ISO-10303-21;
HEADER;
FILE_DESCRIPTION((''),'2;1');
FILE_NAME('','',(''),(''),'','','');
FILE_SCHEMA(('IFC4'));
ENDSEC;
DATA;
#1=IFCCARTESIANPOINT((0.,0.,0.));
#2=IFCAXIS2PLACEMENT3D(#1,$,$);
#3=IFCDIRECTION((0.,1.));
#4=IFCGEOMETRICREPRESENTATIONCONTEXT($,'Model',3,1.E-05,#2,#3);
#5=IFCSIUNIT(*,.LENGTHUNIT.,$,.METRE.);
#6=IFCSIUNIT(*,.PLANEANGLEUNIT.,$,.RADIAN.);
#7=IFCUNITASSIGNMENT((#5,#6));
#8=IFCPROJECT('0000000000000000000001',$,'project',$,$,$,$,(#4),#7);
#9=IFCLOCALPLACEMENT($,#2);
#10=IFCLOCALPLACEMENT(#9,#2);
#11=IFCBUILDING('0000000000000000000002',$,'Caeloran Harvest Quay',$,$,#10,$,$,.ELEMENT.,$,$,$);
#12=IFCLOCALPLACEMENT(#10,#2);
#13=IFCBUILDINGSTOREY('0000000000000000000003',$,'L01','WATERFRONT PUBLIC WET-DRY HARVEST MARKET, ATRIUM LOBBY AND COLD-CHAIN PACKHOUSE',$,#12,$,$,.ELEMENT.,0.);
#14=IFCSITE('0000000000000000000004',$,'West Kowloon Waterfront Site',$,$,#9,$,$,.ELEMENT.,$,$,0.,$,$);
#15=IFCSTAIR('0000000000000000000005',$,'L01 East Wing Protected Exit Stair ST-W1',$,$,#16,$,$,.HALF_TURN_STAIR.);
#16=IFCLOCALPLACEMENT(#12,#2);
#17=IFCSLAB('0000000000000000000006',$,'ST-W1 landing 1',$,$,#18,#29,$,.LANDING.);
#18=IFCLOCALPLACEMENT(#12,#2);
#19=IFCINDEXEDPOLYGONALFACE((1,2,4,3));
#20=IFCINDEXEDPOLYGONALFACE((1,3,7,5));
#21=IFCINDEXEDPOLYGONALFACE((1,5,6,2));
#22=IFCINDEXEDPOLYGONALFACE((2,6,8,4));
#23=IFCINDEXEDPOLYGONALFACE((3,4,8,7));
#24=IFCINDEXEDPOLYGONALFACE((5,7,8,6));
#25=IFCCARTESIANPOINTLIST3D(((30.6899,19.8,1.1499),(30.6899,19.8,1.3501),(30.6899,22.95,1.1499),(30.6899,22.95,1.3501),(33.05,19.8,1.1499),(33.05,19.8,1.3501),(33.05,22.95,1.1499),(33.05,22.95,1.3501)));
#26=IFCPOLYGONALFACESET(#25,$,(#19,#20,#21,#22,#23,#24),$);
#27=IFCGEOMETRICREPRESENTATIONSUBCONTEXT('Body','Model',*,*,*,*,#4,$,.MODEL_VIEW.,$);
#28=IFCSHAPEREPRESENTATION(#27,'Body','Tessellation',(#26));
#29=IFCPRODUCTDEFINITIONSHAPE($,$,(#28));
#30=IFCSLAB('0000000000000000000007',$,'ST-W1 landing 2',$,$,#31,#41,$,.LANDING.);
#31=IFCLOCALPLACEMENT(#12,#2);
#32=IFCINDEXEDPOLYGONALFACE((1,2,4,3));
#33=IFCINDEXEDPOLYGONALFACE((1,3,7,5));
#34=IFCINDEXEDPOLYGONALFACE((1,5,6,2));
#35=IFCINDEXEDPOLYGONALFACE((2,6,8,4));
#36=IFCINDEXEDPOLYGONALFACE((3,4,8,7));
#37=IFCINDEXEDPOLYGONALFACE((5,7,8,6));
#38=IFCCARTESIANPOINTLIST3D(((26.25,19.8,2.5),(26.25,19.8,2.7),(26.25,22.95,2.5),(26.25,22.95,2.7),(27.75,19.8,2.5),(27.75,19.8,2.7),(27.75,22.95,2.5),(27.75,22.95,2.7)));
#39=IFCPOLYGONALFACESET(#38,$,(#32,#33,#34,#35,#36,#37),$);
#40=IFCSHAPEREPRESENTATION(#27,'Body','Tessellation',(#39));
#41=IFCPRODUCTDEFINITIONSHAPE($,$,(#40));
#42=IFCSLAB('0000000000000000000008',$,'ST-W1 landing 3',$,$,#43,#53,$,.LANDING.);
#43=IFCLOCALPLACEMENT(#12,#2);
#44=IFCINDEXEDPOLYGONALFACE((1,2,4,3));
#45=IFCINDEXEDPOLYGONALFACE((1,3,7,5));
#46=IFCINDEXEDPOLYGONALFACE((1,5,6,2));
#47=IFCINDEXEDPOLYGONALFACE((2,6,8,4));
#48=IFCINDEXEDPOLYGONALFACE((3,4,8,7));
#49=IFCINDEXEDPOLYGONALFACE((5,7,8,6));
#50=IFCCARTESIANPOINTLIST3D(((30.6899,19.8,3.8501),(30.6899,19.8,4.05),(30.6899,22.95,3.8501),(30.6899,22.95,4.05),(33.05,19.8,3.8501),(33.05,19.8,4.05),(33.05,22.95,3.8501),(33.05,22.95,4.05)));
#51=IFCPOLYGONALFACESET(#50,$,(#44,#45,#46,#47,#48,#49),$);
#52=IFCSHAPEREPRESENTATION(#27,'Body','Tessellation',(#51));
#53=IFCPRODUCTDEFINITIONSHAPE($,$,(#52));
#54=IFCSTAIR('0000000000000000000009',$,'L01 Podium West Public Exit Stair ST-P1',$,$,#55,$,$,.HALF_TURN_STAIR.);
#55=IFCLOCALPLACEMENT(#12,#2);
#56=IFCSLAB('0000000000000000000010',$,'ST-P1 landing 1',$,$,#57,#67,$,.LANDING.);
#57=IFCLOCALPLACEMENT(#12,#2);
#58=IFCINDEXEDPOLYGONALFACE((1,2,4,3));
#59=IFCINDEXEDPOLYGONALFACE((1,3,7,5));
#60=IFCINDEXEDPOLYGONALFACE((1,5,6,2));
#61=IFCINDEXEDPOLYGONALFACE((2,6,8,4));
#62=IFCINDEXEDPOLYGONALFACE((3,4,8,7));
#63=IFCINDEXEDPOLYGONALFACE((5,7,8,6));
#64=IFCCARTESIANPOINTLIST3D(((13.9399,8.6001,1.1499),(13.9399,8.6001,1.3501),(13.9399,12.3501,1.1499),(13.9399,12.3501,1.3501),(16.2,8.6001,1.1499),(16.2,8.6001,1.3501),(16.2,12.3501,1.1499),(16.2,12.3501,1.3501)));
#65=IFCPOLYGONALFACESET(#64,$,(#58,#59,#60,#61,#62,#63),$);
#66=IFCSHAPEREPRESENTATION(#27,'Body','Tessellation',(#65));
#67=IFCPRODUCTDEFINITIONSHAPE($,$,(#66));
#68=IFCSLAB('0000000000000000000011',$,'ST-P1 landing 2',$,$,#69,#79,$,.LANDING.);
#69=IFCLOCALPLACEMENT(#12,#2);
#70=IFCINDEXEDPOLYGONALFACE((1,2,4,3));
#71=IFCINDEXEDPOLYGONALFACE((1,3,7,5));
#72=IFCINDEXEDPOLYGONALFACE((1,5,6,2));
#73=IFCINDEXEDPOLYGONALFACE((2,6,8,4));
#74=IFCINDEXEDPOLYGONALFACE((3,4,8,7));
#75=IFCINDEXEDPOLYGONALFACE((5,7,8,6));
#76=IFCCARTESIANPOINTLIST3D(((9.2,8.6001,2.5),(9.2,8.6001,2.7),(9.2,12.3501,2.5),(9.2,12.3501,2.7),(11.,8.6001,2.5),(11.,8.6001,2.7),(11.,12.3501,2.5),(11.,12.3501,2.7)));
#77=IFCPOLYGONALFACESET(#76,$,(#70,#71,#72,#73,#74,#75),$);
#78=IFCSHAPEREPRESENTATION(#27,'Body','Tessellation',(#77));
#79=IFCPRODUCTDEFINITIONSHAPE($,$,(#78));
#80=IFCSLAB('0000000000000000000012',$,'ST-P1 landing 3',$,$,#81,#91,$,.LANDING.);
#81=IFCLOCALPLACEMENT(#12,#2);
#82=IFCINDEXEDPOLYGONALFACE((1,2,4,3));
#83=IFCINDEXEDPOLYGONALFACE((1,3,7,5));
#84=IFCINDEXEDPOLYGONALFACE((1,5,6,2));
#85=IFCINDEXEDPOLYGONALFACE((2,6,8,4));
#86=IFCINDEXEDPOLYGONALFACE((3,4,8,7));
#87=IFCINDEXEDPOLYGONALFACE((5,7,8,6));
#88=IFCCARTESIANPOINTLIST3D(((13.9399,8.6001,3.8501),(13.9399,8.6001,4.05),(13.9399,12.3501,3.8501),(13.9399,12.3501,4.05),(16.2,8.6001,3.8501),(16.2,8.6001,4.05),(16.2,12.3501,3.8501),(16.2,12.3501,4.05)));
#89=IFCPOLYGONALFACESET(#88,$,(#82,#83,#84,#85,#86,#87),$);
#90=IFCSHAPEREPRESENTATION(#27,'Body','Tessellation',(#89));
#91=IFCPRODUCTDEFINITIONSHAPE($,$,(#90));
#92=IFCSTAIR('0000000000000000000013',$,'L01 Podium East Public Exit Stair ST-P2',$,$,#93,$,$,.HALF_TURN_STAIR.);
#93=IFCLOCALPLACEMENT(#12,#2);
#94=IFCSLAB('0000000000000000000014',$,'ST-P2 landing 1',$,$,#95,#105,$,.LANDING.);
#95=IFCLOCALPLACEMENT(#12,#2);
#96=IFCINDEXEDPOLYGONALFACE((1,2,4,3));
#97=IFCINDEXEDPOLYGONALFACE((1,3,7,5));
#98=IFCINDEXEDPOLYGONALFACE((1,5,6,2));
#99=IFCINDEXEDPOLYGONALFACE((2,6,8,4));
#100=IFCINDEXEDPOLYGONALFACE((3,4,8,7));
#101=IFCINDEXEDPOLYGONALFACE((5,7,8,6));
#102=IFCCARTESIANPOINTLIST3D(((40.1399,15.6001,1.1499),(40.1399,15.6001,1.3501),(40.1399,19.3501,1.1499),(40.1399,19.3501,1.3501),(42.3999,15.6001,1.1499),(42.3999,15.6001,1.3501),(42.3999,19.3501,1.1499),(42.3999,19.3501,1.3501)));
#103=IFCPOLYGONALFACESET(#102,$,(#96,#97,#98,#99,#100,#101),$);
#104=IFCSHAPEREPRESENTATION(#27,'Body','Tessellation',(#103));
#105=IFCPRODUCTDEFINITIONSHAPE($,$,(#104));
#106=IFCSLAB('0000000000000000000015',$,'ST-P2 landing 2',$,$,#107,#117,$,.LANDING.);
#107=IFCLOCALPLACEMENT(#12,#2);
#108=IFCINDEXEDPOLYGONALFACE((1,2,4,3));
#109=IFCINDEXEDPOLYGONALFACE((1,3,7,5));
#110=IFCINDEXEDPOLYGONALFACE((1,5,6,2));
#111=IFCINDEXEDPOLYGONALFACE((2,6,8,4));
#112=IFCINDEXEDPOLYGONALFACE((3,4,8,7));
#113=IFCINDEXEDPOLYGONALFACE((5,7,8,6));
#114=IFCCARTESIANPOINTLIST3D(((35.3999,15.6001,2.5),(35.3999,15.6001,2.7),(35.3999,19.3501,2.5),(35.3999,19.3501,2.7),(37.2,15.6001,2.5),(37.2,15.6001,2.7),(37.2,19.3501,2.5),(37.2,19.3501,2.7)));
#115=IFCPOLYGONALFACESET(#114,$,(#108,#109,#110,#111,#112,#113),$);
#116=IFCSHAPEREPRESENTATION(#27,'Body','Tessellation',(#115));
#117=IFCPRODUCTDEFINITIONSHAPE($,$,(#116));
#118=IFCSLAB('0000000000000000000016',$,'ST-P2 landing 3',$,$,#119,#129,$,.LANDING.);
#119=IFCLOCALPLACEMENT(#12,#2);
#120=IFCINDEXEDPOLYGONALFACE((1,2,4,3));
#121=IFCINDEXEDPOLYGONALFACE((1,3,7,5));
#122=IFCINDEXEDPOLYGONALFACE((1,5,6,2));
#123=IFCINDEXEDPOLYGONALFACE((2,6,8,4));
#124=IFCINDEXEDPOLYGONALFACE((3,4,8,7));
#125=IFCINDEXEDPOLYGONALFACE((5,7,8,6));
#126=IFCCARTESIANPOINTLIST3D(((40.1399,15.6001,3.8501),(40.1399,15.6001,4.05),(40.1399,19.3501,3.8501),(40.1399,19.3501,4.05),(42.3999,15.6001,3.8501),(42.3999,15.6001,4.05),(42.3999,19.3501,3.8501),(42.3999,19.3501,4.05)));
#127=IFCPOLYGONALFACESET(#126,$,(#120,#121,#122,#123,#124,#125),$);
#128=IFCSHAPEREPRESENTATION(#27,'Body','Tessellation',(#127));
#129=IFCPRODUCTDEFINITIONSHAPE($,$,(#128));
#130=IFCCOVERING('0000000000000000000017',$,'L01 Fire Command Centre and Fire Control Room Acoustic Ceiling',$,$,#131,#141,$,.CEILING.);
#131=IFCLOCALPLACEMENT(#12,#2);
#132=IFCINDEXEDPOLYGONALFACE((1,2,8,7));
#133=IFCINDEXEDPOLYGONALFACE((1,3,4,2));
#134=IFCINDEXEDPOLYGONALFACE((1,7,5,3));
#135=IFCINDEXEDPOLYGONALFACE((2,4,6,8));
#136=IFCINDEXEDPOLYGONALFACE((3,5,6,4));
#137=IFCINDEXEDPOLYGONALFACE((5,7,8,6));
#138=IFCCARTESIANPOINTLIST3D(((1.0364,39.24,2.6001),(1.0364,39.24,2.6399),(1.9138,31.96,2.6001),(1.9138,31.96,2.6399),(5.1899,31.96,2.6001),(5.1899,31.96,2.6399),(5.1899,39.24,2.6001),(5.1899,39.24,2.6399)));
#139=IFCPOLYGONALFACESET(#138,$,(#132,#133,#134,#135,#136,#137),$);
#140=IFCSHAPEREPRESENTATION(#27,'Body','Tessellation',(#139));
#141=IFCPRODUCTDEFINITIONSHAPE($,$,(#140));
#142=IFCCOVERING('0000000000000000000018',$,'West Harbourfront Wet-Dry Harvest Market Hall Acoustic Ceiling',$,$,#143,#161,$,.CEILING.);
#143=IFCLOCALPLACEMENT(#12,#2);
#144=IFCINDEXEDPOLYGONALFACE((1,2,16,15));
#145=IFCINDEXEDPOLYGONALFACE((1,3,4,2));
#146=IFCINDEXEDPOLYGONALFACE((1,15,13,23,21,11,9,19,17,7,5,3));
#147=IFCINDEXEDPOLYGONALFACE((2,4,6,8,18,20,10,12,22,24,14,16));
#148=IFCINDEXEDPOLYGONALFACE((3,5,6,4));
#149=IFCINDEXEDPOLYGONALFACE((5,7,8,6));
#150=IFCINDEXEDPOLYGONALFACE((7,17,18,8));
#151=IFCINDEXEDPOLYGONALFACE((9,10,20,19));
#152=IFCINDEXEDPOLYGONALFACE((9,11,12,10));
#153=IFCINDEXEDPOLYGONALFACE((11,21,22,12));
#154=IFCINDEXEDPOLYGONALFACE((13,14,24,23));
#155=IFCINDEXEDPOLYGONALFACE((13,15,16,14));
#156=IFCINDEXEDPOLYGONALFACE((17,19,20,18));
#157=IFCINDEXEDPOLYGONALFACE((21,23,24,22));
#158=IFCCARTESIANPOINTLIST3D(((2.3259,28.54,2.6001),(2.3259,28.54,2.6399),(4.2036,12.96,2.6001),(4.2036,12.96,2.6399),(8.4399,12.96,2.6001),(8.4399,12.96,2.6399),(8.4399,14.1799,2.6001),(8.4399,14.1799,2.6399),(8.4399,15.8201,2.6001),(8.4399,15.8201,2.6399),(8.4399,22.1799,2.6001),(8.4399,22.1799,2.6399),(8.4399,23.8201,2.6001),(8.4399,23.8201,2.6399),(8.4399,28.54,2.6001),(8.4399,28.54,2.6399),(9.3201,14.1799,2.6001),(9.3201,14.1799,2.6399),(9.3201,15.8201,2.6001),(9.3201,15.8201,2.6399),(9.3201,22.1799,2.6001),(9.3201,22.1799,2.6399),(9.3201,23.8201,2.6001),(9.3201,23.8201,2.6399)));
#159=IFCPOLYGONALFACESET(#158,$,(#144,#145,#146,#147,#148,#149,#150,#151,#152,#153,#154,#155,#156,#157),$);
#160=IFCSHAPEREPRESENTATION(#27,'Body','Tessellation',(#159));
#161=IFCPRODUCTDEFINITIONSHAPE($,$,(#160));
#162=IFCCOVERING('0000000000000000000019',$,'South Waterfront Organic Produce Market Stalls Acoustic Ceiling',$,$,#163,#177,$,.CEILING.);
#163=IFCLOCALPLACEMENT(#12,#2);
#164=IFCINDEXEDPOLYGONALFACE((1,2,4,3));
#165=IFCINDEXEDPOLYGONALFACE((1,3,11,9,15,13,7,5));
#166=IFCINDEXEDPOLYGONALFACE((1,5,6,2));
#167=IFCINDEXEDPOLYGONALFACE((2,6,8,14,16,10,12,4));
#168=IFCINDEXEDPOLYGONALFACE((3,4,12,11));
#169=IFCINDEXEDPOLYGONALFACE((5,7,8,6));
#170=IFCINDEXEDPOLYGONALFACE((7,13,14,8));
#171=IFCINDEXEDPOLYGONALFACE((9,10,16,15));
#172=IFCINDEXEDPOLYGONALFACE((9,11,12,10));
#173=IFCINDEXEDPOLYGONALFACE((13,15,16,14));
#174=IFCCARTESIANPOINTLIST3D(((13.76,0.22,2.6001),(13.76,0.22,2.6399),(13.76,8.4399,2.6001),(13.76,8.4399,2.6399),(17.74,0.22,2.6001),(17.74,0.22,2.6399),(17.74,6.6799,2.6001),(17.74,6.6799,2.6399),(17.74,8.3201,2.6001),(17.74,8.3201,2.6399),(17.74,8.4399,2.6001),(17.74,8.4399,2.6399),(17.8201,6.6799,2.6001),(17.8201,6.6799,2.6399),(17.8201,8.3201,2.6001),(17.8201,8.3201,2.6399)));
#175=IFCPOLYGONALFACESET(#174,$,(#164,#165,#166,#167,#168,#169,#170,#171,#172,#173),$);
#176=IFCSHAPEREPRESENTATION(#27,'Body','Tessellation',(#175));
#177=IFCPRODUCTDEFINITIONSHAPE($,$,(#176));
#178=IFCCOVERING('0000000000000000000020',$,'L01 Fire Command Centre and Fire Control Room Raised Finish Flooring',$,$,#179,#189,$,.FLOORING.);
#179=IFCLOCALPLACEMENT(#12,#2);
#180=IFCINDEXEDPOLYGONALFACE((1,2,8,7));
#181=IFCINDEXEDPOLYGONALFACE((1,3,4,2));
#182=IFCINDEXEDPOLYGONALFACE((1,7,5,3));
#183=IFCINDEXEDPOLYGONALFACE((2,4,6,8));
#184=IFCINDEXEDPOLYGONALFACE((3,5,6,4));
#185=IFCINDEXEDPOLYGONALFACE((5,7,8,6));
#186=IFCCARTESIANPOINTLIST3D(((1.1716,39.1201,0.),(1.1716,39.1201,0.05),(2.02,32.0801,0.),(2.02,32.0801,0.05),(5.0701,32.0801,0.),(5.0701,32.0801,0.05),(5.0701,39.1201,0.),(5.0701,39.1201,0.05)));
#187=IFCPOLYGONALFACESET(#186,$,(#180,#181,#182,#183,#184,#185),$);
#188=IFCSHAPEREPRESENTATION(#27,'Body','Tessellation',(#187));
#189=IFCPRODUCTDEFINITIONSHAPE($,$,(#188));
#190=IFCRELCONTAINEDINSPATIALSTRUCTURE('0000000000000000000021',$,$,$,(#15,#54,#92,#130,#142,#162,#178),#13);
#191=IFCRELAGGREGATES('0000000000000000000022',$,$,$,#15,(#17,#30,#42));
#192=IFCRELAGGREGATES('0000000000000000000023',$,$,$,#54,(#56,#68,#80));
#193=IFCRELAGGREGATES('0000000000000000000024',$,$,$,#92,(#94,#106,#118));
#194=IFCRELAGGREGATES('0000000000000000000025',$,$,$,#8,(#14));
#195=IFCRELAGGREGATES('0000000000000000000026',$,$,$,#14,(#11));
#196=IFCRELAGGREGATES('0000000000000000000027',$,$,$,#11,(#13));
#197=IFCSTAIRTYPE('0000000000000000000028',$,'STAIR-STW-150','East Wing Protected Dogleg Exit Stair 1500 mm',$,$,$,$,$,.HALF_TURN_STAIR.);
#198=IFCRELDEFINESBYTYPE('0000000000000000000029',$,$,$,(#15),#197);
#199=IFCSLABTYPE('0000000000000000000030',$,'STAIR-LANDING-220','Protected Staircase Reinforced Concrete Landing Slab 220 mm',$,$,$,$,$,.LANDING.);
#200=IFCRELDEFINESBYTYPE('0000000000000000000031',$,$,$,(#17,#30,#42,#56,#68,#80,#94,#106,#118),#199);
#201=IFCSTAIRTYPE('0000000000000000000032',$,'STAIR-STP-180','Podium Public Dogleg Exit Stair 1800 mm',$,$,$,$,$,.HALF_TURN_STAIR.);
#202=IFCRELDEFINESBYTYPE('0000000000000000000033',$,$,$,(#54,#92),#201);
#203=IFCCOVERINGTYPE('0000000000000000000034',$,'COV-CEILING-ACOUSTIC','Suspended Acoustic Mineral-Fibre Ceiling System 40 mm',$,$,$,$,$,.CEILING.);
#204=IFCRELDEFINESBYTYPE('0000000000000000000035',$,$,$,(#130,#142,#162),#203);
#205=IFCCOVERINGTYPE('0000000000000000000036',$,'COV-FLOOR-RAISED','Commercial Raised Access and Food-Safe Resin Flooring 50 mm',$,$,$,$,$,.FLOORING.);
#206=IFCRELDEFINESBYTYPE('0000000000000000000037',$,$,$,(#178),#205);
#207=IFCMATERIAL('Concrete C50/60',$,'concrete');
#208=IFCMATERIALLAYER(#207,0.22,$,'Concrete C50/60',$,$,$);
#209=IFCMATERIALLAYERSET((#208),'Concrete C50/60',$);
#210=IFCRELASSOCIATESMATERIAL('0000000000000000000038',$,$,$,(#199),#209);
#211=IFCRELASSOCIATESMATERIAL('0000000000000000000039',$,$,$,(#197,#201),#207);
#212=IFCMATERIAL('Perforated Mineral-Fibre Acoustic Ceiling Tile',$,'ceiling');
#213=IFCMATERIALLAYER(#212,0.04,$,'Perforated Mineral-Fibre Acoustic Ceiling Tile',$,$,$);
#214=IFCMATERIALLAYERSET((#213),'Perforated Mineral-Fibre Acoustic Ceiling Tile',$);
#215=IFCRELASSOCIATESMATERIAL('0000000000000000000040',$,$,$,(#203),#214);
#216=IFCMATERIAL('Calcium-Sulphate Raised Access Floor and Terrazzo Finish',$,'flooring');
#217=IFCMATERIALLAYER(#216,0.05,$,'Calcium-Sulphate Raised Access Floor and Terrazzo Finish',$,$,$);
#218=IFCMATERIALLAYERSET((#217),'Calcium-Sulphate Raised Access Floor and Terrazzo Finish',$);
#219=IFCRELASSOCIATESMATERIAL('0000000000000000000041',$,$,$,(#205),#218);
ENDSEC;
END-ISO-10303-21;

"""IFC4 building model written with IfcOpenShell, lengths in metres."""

from ifc_helpers import new_model, si_unit, direction, frame, origin, place, context, subcontext, project, spatial, polyline, outline, extrude, material, layer, layer_set, type_object, element, aggregate, save


model = new_model("IFC4")

# Units and contexts
model_context = context("Model", 3, precision=1e-05, world=origin(), true_north=direction((0.0, 1.0)))
body_context = subcontext(model_context, "Body", "Model", "MODEL_VIEW")
ifc_project = project(units=[si_unit("LENGTHUNIT", "METRE"), si_unit("PLANEANGLEUNIT", "RADIAN")], contexts=[model_context])

# Site, building, storey
site_placement = place(None, origin())
site = spatial("IfcSite", under=ifc_project, at=site_placement, Name="West Kowloon Waterfront Site", CompositionType="ELEMENT", RefElevation=0.0)
building_placement = place(site_placement, origin())
building = spatial("IfcBuilding", under=site, at=building_placement, Name="Caeloran Harvest Quay", CompositionType="ELEMENT")
storey_placement = place(building_placement, origin())
storey = spatial("IfcBuildingStorey", under=building, at=storey_placement, Name="L01", Description="WATERFRONT PUBLIC WET-DRY HARVEST MARKET, ATRIUM LOBBY AND COLD-CHAIN PACKHOUSE", CompositionType="ELEMENT", Elevation=0.0)

# Shared definitions
ifc_material_1 = material(Name="Concrete C50/60", Category="concrete")

# Stairs, slabs
ifc_layer_1 = layer(ifc_material_1, 0.22, Name="Concrete C50/60")
ifc_layer_set_1 = layer_set([ifc_layer_1], Name="Concrete C50/60")
slab_type_1 = type_object("IfcSlabType", Name="STAIR-LANDING-220", Description="Protected Staircase Reinforced Concrete Landing Slab 220 mm", PredefinedType="LANDING", material=ifc_layer_set_1)
stair_type_1 = type_object("IfcStairType", Name="STAIR-STW-150", Description="East Wing Protected Dogleg Exit Stair 1500 mm", PredefinedType="HALF_TURN_STAIR", material=ifc_material_1)
stair_1_placement = place(storey_placement, origin())
stair_1 = element("IfcStair", 1, at=stair_1_placement, inside=storey, type_object=stair_type_1, Name="L01 East Wing Protected Exit Stair ST-W1", PredefinedType="HALF_TURN_STAIR")
slab_1_placement = place(storey_placement, frame((0.0, 0.0, 1.1499)))
slab_1 = element("IfcSlab", 2, at=slab_1_placement, type_object=slab_type_1, Name="ST-W1 landing 1", PredefinedType="LANDING", context=body_context, shape_type="SweptSolid", body=[
    extrude(outline(polyline([(30.6899, 19.8), (33.05, 19.8), (33.05, 22.95), (30.6899, 22.95), (30.6899, 19.8)])), origin(), (0.0, 0.0, 1.0), 0.2002),
])
slab_2_placement = place(storey_placement, frame((0.0, 0.0, 2.5)))
slab_2 = element("IfcSlab", 3, at=slab_2_placement, type_object=slab_type_1, Name="ST-W1 landing 2", PredefinedType="LANDING", context=body_context, shape_type="SweptSolid", body=[
    extrude(outline(polyline([(26.25, 19.8), (27.75, 19.8), (27.75, 22.95), (26.25, 22.95), (26.25, 19.8)])), origin(), (0.0, 0.0, 1.0), 0.2),
])
slab_3_placement = place(storey_placement, frame((0.0, 0.0, 3.8501)))
slab_3 = element("IfcSlab", 4, at=slab_3_placement, type_object=slab_type_1, Name="ST-W1 landing 3", PredefinedType="LANDING", context=body_context, shape_type="SweptSolid", body=[
    extrude(outline(polyline([(30.6899, 19.8), (33.05, 19.8), (33.05, 22.95), (30.6899, 22.95), (30.6899, 19.8)])), origin(), (0.0, 0.0, 1.0), 0.2),
])
aggregate(stair_1, [slab_1, slab_2, slab_3])
stair_type_2 = type_object("IfcStairType", Name="STAIR-STP-180", Description="Podium Public Dogleg Exit Stair 1800 mm", PredefinedType="HALF_TURN_STAIR", material=ifc_material_1)
stair_2_placement = place(storey_placement, origin())
stair_2 = element("IfcStair", 5, at=stair_2_placement, inside=storey, type_object=stair_type_2, Name="L01 Podium West Public Exit Stair ST-P1", PredefinedType="HALF_TURN_STAIR")
slab_4_placement = place(storey_placement, frame((0.0, 0.0, 1.1499)))
slab_4 = element("IfcSlab", 6, at=slab_4_placement, type_object=slab_type_1, Name="ST-P1 landing 1", PredefinedType="LANDING", context=body_context, shape_type="SweptSolid", body=[
    extrude(outline(polyline([(13.9399, 8.6001), (16.2, 8.6001), (16.2, 12.3501), (13.9399, 12.3501), (13.9399, 8.6001)])), origin(), (0.0, 0.0, 1.0), 0.2002),
])
slab_5_placement = place(storey_placement, frame((0.0, 0.0, 2.5)))
slab_5 = element("IfcSlab", 7, at=slab_5_placement, type_object=slab_type_1, Name="ST-P1 landing 2", PredefinedType="LANDING", context=body_context, shape_type="SweptSolid", body=[
    extrude(outline(polyline([(9.2, 8.6001), (11.0, 8.6001), (11.0, 12.3501), (9.2, 12.3501), (9.2, 8.6001)])), origin(), (0.0, 0.0, 1.0), 0.2),
])
slab_6_placement = place(storey_placement, frame((0.0, 0.0, 3.8501)))
slab_6 = element("IfcSlab", 8, at=slab_6_placement, type_object=slab_type_1, Name="ST-P1 landing 3", PredefinedType="LANDING", context=body_context, shape_type="SweptSolid", body=[
    extrude(outline(polyline([(13.9399, 8.6001), (16.2, 8.6001), (16.2, 12.3501), (13.9399, 12.3501), (13.9399, 8.6001)])), origin(), (0.0, 0.0, 1.0), 0.2),
])
aggregate(stair_2, [slab_4, slab_5, slab_6])
stair_3_placement = place(storey_placement, origin())
stair_3 = element("IfcStair", 9, at=stair_3_placement, inside=storey, type_object=stair_type_2, Name="L01 Podium East Public Exit Stair ST-P2", PredefinedType="HALF_TURN_STAIR")
slab_7_placement = place(storey_placement, frame((0.0, 0.0, 1.1499)))
slab_7 = element("IfcSlab", 10, at=slab_7_placement, type_object=slab_type_1, Name="ST-P2 landing 1", PredefinedType="LANDING", context=body_context, shape_type="SweptSolid", body=[
    extrude(outline(polyline([(40.1399, 15.6001), (42.3999, 15.6001), (42.3999, 19.3501), (40.1399, 19.3501), (40.1399, 15.6001)])), origin(), (0.0, 0.0, 1.0), 0.2002),
])
slab_8_placement = place(storey_placement, frame((0.0, 0.0, 2.5)))
slab_8 = element("IfcSlab", 11, at=slab_8_placement, type_object=slab_type_1, Name="ST-P2 landing 2", PredefinedType="LANDING", context=body_context, shape_type="SweptSolid", body=[
    extrude(outline(polyline([(35.3999, 15.6001), (37.2, 15.6001), (37.2, 19.3501), (35.3999, 19.3501), (35.3999, 15.6001)])), origin(), (0.0, 0.0, 1.0), 0.2),
])
slab_9_placement = place(storey_placement, frame((0.0, 0.0, 3.8501)))
slab_9 = element("IfcSlab", 12, at=slab_9_placement, type_object=slab_type_1, Name="ST-P2 landing 3", PredefinedType="LANDING", context=body_context, shape_type="SweptSolid", body=[
    extrude(outline(polyline([(40.1399, 15.6001), (42.3999, 15.6001), (42.3999, 19.3501), (40.1399, 19.3501), (40.1399, 15.6001)])), origin(), (0.0, 0.0, 1.0), 0.2),
])
aggregate(stair_3, [slab_7, slab_8, slab_9])

# Coverings
ifc_material_2 = material(Name="Perforated Mineral-Fibre Acoustic Ceiling Tile", Category="ceiling")
ifc_layer_2 = layer(ifc_material_2, 0.04, Name="Perforated Mineral-Fibre Acoustic Ceiling Tile")
ifc_layer_set_2 = layer_set([ifc_layer_2], Name="Perforated Mineral-Fibre Acoustic Ceiling Tile")
covering_type_1 = type_object("IfcCoveringType", Name="COV-CEILING-ACOUSTIC", Description="Suspended Acoustic Mineral-Fibre Ceiling System 40 mm", PredefinedType="CEILING", material=ifc_layer_set_2)
covering_1_placement = place(storey_placement, frame((0.0, 0.0, 2.6001)))
element("IfcCovering", 13, at=covering_1_placement, inside=storey, type_object=covering_type_1, Name="L01 Fire Command Centre and Fire Control Room Acoustic Ceiling", PredefinedType="CEILING", context=body_context, shape_type="SweptSolid", body=[
    extrude(outline(polyline([(1.9138, 31.96), (1.0364, 39.24), (5.1899, 39.24), (5.1899, 31.96), (1.9138, 31.96)])), origin(), (0.0, 0.0, 1.0), 0.0398),
])
covering_2_placement = place(storey_placement, frame((0.0, 0.0, 2.6001)))
element("IfcCovering", 14, at=covering_2_placement, inside=storey, type_object=covering_type_1, Name="West Harbourfront Wet-Dry Harvest Market Hall Acoustic Ceiling", PredefinedType="CEILING", context=body_context, shape_type="SweptSolid", body=[
    extrude(outline(polyline([(9.3201, 15.8201), (9.3201, 14.1799), (8.4399, 14.1799), (8.4399, 12.96), (4.2036, 12.96), (2.3259, 28.54), (8.4399, 28.54), (8.4399, 23.8201), (9.3201, 23.8201), (9.3201, 22.1799), (8.4399, 22.1799), (8.4399, 15.8201), (9.3201, 15.8201)])), origin(), (0.0, 0.0, 1.0), 0.0398),
])
covering_3_placement = place(storey_placement, frame((0.0, 0.0, 2.6001)))
element("IfcCovering", 15, at=covering_3_placement, inside=storey, type_object=covering_type_1, Name="South Waterfront Organic Produce Market Stalls Acoustic Ceiling", PredefinedType="CEILING", context=body_context, shape_type="SweptSolid", body=[
    extrude(outline(polyline([(17.74, 0.22), (13.76, 0.22), (13.76, 8.4399), (17.74, 8.4399), (17.74, 8.3201), (17.8201, 8.3201), (17.8201, 6.6799), (17.74, 6.6799), (17.74, 0.22)])), origin(), (0.0, 0.0, 1.0), 0.0398),
])
ifc_material_3 = material(Name="Calcium-Sulphate Raised Access Floor and Terrazzo Finish", Category="flooring")
ifc_layer_3 = layer(ifc_material_3, 0.05, Name="Calcium-Sulphate Raised Access Floor and Terrazzo Finish")
ifc_layer_set_3 = layer_set([ifc_layer_3], Name="Calcium-Sulphate Raised Access Floor and Terrazzo Finish")
covering_type_2 = type_object("IfcCoveringType", Name="COV-FLOOR-RAISED", Description="Commercial Raised Access and Food-Safe Resin Flooring 50 mm", PredefinedType="FLOORING", material=ifc_layer_set_3)
covering_4_placement = place(storey_placement, origin())
element("IfcCovering", 16, at=covering_4_placement, inside=storey, type_object=covering_type_2, Name="L01 Fire Command Centre and Fire Control Room Raised Finish Flooring", PredefinedType="FLOORING", context=body_context, shape_type="SweptSolid", body=[
    extrude(outline(polyline([(2.02, 32.0801), (1.1716, 39.1201), (5.0701, 39.1201), (5.0701, 32.0801), (2.02, 32.0801)])), origin(), (0.0, 0.0, 1.0), 0.05),
])

save(model, "model.ifc")
